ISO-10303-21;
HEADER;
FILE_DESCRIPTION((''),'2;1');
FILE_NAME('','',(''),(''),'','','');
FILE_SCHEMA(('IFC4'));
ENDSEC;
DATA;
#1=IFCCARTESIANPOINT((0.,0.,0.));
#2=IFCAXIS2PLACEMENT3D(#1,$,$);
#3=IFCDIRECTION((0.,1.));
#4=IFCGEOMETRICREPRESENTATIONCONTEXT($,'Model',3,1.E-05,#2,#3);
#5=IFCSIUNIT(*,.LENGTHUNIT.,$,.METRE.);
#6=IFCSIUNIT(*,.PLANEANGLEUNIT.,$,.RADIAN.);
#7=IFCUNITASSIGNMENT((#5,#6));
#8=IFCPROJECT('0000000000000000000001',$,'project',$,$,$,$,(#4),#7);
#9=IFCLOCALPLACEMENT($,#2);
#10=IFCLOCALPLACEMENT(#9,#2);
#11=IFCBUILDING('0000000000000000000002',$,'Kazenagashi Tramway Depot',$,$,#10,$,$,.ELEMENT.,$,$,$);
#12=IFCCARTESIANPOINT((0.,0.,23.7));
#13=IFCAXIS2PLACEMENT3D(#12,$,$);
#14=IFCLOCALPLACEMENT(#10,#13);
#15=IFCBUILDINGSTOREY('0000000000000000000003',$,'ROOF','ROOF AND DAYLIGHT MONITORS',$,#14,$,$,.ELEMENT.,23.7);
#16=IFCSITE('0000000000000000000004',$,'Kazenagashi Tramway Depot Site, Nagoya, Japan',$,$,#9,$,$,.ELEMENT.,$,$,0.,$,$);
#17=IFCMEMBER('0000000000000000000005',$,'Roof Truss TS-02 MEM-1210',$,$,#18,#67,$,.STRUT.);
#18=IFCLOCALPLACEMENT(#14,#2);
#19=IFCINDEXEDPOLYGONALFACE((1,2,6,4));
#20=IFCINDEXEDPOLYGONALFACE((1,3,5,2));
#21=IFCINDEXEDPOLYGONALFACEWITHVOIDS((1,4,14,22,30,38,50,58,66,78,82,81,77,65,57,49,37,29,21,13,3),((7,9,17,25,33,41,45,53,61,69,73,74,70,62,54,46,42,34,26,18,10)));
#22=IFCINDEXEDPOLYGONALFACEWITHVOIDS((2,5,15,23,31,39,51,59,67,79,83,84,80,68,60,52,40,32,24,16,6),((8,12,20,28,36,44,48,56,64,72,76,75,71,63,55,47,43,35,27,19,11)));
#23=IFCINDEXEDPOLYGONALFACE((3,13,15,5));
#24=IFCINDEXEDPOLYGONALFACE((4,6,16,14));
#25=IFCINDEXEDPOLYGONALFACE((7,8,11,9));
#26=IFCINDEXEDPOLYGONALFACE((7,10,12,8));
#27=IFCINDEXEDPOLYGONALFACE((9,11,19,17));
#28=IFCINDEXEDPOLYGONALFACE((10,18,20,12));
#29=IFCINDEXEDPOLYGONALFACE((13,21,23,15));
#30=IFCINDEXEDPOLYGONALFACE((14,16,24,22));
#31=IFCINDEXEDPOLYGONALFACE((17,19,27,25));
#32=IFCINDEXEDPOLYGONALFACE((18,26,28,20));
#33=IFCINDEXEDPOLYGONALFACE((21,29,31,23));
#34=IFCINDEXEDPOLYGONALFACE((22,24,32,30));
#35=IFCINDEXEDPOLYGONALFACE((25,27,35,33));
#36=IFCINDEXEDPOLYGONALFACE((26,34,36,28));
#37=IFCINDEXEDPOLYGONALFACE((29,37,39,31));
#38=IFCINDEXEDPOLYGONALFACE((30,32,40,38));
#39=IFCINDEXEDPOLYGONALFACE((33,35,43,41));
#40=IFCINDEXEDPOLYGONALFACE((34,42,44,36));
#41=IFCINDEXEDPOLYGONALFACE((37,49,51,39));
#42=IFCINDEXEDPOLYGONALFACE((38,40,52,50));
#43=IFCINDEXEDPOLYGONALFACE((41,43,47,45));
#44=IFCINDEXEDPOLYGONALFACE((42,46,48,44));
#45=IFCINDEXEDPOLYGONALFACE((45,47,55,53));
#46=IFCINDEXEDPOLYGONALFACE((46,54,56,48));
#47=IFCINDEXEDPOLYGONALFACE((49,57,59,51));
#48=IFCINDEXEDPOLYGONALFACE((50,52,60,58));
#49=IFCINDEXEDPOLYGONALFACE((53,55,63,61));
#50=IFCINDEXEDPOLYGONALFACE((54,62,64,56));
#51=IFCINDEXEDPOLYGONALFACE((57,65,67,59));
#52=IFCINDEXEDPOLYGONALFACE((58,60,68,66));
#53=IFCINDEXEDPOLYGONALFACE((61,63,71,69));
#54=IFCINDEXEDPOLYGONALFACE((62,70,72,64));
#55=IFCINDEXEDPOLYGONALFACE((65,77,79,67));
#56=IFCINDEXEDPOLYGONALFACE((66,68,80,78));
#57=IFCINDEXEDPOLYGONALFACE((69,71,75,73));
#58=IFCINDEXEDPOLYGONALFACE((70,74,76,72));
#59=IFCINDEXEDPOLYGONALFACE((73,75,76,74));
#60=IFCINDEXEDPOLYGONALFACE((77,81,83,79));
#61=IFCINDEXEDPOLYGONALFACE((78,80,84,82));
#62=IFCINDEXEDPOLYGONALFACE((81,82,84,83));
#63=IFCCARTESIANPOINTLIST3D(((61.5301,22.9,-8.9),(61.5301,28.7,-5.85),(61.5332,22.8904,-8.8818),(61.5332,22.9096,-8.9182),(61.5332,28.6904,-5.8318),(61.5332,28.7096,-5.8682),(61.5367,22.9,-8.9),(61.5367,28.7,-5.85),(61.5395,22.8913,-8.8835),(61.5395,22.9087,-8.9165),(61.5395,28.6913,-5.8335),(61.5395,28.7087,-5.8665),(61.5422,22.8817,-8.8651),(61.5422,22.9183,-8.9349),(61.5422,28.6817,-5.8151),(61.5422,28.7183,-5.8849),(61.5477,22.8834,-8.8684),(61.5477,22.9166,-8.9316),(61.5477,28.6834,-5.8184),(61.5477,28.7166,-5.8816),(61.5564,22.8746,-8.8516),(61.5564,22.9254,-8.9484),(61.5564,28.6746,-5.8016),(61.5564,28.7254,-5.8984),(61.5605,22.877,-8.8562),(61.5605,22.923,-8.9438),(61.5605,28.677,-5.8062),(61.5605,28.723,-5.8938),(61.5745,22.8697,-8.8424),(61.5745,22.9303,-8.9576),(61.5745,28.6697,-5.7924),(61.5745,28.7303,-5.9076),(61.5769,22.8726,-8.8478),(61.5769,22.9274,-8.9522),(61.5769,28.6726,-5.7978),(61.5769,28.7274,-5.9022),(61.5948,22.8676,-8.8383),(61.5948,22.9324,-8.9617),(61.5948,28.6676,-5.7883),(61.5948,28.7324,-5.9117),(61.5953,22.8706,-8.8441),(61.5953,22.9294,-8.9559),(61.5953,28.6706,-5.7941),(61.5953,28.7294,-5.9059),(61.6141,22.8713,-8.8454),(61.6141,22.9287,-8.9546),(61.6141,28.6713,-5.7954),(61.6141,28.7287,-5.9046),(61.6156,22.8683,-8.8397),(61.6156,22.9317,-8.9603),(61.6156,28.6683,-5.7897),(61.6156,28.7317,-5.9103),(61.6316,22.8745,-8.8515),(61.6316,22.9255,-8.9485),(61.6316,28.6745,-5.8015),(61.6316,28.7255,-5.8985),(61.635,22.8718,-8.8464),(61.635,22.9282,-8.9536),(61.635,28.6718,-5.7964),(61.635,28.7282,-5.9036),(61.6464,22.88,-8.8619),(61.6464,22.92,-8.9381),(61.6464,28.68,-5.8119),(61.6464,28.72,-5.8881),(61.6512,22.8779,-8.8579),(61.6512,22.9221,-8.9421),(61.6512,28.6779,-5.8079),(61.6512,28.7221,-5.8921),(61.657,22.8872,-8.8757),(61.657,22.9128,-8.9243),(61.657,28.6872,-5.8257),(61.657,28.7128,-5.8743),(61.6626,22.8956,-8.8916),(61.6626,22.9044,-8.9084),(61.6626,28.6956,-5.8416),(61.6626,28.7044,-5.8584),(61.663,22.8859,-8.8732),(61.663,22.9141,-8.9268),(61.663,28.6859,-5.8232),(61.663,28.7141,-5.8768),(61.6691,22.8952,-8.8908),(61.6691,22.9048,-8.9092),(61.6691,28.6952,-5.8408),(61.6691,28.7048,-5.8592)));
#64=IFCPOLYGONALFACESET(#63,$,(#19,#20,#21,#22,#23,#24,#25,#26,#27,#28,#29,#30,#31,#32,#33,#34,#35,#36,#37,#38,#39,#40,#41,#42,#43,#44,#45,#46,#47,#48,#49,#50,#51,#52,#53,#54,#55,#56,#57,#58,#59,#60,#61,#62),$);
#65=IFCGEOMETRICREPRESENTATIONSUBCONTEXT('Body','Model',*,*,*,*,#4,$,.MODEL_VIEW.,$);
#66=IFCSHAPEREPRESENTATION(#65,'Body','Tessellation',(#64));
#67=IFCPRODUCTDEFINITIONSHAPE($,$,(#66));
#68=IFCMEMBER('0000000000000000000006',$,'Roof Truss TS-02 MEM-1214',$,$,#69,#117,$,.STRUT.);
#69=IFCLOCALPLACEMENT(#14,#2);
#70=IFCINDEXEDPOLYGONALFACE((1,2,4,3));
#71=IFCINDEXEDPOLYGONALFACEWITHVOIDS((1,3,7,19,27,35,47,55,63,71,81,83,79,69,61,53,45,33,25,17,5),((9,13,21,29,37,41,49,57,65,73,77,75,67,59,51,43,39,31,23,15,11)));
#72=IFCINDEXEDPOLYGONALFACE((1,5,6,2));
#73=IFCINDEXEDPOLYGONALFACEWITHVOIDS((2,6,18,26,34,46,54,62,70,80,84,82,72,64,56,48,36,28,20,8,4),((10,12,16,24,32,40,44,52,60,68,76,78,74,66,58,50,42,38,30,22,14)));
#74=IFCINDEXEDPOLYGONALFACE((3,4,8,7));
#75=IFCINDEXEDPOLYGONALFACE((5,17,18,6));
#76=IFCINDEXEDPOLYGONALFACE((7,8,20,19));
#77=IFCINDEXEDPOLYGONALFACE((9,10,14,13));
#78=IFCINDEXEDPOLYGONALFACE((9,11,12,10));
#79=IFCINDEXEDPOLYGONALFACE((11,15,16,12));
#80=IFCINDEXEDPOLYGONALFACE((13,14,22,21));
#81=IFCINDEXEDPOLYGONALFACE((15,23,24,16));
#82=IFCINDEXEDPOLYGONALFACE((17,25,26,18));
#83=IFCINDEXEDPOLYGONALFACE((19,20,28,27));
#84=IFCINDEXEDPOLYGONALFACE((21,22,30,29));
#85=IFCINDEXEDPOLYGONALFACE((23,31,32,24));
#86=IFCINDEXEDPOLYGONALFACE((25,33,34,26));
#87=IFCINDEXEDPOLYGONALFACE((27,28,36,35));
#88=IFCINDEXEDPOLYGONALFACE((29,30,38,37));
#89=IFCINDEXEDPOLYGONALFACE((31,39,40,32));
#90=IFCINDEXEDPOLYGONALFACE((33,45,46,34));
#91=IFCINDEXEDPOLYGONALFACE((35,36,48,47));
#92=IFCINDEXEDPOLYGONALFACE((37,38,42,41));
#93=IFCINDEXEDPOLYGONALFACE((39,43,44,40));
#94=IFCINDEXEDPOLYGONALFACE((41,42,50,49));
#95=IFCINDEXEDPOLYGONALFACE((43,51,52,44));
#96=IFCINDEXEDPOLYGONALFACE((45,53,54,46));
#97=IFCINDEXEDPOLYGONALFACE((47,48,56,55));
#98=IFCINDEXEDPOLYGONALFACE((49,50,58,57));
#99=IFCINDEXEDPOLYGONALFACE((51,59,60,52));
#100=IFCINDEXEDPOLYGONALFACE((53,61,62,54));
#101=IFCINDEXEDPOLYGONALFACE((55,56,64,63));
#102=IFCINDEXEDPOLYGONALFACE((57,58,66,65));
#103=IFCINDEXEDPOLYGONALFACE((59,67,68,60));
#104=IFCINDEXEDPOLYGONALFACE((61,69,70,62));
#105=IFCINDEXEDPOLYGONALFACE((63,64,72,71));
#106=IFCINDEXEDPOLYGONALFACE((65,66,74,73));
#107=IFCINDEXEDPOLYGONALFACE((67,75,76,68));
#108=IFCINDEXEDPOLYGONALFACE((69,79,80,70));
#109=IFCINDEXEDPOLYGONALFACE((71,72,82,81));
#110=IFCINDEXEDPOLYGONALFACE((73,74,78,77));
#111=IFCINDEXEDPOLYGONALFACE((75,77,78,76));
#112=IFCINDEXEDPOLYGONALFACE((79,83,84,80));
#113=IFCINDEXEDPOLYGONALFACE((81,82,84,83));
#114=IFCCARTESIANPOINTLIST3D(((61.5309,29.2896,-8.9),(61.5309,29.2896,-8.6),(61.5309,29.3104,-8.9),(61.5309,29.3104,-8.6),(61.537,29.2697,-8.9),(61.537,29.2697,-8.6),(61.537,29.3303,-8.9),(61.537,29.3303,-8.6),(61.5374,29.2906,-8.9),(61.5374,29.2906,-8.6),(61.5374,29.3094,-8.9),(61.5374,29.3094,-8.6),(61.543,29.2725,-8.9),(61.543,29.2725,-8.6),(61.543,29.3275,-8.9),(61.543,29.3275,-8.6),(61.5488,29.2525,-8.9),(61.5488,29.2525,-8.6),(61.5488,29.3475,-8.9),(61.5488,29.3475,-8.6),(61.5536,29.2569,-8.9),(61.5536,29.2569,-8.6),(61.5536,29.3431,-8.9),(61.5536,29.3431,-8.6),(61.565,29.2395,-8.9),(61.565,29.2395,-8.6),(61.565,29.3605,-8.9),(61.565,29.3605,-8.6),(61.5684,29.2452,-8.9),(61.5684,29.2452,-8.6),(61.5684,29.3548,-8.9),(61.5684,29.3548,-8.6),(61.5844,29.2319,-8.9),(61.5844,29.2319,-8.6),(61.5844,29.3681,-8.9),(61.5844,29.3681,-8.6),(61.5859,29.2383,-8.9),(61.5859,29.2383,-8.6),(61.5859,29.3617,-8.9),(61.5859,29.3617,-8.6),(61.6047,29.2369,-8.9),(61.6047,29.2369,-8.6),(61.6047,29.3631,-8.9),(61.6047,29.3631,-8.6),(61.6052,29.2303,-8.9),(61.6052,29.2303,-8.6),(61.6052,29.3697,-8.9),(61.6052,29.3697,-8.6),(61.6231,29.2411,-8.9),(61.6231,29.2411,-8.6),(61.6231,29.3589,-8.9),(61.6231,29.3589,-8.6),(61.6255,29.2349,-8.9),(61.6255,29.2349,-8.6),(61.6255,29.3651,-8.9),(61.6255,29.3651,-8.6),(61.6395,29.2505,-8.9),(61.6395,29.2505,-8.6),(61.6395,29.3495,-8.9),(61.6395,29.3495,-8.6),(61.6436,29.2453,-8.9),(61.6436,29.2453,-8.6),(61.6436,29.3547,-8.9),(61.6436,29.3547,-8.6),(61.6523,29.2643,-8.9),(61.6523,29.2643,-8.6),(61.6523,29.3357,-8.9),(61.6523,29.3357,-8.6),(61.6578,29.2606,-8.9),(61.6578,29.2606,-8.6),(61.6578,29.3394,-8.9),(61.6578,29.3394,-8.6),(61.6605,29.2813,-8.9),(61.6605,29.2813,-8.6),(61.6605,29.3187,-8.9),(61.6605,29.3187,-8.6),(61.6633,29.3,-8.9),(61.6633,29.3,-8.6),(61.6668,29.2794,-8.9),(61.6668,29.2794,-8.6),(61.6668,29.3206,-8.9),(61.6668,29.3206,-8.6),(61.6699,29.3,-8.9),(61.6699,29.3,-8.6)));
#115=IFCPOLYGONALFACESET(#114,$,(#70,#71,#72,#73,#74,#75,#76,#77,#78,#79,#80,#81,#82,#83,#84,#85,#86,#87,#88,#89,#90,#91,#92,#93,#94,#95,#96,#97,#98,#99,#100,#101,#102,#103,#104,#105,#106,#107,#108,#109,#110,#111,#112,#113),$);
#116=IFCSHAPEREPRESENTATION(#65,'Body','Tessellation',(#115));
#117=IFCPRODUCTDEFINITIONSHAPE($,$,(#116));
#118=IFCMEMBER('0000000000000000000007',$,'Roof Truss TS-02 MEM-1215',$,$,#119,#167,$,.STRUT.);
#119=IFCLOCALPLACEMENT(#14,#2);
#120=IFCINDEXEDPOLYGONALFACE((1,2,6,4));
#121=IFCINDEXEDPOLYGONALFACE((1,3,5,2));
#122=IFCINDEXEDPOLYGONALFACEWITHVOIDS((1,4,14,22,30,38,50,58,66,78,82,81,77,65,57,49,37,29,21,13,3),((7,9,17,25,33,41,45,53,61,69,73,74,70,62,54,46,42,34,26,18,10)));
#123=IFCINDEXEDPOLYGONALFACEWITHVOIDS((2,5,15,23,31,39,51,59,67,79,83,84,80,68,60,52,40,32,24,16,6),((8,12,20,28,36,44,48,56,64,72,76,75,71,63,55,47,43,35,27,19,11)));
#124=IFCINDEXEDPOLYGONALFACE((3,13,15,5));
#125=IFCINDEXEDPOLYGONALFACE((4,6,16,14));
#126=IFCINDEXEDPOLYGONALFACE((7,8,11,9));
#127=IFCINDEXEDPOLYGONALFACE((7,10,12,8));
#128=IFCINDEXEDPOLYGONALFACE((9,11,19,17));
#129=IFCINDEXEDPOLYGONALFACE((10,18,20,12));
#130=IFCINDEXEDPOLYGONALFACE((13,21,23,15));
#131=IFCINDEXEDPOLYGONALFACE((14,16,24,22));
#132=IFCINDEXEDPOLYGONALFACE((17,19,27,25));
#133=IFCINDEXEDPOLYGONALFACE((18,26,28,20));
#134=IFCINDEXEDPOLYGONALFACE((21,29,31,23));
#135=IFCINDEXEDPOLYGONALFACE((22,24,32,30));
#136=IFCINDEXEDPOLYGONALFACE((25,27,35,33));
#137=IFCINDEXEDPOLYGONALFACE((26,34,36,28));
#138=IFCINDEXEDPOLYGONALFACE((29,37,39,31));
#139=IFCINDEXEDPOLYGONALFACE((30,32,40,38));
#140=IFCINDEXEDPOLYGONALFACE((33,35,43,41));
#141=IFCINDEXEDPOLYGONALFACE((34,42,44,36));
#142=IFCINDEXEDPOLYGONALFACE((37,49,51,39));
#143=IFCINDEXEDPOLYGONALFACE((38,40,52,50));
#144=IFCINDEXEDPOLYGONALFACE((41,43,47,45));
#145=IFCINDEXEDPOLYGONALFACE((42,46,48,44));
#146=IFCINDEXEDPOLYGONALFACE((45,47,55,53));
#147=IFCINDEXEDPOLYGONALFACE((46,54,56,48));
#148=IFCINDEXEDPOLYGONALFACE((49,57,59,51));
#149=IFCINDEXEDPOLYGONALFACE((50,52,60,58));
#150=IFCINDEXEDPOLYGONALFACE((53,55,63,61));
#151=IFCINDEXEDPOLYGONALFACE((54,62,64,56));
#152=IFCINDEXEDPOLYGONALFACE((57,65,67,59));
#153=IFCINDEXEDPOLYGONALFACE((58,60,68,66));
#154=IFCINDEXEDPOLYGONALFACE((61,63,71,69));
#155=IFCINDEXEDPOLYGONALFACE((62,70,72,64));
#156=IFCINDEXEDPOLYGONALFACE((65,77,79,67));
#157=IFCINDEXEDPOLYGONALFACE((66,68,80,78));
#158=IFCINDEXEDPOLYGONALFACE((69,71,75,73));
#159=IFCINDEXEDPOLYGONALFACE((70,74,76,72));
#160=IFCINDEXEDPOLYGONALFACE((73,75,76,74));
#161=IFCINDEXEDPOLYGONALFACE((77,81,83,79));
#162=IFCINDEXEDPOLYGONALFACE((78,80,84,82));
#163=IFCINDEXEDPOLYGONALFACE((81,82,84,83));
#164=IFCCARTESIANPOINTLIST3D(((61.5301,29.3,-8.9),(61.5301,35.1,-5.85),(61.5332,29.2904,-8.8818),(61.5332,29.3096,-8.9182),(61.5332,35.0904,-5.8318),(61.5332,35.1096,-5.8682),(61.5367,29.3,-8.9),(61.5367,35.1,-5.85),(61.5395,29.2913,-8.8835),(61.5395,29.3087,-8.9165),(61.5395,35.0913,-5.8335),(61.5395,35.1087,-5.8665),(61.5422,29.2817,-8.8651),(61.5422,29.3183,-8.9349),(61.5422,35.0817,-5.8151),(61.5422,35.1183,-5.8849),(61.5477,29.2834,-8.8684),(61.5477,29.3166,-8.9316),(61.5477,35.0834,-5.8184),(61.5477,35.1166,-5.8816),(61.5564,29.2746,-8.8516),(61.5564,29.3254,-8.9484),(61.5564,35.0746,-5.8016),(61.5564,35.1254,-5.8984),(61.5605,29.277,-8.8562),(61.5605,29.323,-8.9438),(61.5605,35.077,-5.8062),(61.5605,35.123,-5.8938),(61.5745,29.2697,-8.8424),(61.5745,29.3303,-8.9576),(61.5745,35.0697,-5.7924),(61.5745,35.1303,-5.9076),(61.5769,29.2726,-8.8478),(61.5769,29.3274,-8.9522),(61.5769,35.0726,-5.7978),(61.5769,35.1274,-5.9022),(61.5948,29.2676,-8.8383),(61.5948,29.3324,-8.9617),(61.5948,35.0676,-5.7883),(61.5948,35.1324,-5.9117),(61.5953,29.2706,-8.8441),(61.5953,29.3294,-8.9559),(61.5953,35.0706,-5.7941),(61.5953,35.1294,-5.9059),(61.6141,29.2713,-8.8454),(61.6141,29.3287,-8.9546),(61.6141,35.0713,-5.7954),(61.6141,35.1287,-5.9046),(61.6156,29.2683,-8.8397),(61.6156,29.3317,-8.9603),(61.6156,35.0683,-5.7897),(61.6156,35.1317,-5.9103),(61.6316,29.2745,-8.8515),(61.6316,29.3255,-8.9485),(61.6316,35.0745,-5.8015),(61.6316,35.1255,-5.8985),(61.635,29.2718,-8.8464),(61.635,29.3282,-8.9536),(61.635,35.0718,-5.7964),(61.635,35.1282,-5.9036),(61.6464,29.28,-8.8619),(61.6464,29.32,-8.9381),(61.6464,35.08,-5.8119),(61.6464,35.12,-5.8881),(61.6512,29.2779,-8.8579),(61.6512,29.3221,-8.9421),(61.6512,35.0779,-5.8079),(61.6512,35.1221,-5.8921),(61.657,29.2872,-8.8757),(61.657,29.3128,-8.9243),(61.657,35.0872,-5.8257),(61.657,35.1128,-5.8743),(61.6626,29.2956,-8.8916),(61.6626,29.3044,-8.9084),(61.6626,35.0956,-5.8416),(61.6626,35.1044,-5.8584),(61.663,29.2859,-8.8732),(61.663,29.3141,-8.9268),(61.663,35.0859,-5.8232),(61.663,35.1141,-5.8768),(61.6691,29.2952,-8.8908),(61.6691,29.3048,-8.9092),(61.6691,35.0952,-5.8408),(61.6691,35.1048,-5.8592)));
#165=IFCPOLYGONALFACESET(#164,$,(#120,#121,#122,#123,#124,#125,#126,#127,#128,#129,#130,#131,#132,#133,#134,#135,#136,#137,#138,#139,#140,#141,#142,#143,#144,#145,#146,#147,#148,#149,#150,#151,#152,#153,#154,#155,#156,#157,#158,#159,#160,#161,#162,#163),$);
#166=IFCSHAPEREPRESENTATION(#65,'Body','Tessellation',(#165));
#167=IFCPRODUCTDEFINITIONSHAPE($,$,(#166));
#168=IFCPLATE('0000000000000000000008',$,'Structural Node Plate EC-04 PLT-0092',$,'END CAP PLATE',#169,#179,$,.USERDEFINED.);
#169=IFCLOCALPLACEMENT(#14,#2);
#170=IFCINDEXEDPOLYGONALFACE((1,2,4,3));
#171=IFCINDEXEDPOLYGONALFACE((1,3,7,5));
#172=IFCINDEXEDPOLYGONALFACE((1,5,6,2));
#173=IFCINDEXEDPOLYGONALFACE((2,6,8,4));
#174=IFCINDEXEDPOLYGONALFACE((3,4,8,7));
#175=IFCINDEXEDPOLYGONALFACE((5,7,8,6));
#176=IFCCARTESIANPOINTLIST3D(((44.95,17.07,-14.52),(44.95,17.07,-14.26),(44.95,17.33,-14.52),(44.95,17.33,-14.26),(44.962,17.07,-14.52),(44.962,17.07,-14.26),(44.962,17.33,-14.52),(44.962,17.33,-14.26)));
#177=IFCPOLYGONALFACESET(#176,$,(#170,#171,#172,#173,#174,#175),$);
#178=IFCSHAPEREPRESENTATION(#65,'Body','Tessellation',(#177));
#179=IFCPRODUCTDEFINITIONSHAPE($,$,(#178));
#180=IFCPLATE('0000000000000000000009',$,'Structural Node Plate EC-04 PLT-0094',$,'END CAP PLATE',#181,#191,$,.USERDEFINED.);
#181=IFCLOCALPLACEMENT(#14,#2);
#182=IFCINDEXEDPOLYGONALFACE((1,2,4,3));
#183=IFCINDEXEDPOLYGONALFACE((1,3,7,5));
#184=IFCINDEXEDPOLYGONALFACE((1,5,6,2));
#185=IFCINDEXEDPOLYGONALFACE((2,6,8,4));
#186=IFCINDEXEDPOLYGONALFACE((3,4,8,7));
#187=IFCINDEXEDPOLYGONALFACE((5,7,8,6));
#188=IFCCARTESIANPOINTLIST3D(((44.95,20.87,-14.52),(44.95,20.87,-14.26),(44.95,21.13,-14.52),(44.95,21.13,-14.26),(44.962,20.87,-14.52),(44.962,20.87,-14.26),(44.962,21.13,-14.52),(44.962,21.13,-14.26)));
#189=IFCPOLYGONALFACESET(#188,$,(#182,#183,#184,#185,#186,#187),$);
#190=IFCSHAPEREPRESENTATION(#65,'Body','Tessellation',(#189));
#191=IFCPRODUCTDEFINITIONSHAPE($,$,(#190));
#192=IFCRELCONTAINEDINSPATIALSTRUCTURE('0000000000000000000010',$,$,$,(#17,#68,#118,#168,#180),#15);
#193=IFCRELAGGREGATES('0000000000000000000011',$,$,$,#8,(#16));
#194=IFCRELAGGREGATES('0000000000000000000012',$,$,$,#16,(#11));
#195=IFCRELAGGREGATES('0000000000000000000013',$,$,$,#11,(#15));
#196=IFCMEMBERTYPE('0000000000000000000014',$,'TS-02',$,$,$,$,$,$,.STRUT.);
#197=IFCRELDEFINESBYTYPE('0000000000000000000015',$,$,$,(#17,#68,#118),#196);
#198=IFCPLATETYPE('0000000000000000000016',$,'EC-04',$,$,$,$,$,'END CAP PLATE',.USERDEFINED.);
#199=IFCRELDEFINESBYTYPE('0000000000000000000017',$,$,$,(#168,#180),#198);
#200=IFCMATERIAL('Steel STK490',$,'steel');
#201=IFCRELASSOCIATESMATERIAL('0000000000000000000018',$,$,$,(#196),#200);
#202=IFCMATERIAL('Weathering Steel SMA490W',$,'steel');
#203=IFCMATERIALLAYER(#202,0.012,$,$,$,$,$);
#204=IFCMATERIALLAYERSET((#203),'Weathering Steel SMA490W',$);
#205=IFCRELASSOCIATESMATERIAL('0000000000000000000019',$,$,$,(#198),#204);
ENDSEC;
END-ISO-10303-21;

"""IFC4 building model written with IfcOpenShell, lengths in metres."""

from ifc_helpers import new_model, si_unit, direction, frame, origin, origin_2d, place, context, subcontext, project, spatial, rectangle, hollow_circle, extrude, material, layer, layer_set, material_profile, profile_set, type_object, element, save


model = new_model("IFC4")

# Units and contexts
model_context = context("Model", 3, precision=1e-05, world=origin(), true_north=direction((0.0, 1.0)))
body_context = subcontext(model_context, "Body", "Model", "MODEL_VIEW")
ifc_project = project(units=[si_unit("LENGTHUNIT", "METRE"), si_unit("PLANEANGLEUNIT", "RADIAN")], contexts=[model_context])

# Site, building, storey
site_placement = place(None, origin())
site = spatial("IfcSite", under=ifc_project, at=site_placement, Name="Kazenagashi Tramway Depot Site, Nagoya, Japan", CompositionType="ELEMENT", RefElevation=0.0)
building_placement = place(site_placement, origin())
building = spatial("IfcBuilding", under=site, at=building_placement, Name="Kazenagashi Tramway Depot", CompositionType="ELEMENT")
storey_placement = place(building_placement, frame((0.0, 0.0, 23.7)))
storey = spatial("IfcBuildingStorey", under=building, at=storey_placement, Name="ROOF", Description="ROOF AND DAYLIGHT MONITORS", CompositionType="ELEMENT", Elevation=23.7)

# Members
ifc_material_1 = material(Name="Steel STK490", Category="steel")
ifc_material_profile_1 = material_profile(ifc_material_1, hollow_circle(Radius=0.0699, WallThickness=0.0066, at=origin_2d()), Name="CHS-139.8x6.6")
ifc_profile_set_1 = profile_set([ifc_material_profile_1], Name="Steel STK490")
member_type_1 = type_object("IfcMemberType", Name="TS-02", PredefinedType="STRUT", material=ifc_profile_set_1)
member_1_placement = place(storey_placement, frame((61.6, 22.9, -8.9), z_axis=(0.0, 0.885084, 0.465432), x_axis=(-1.0, 0.0, 0.0)))
element("IfcMember", 1, at=member_1_placement, inside=storey, type_object=member_type_1, Name="Roof Truss TS-02 MEM-1210", PredefinedType="STRUT", context=body_context, shape_type="SweptSolid", body=[
    extrude(hollow_circle(Radius=0.0699, WallThickness=0.0066, at=origin_2d()), origin(), (0.0, 0.0, 1.0), 6.5531),
])
member_2_placement = place(storey_placement, frame((61.6, 29.3, -8.9), z_axis=(0.0, 0.0, 1.0), x_axis=(1.0, 0.0, 0.0)))
element("IfcMember", 2, at=member_2_placement, inside=storey, type_object=member_type_1, Name="Roof Truss TS-02 MEM-1214", PredefinedType="STRUT", context=body_context, shape_type="SweptSolid", body=[
    extrude(hollow_circle(Radius=0.0699, WallThickness=0.0066, at=origin_2d()), origin(), (0.0, 0.0, 1.0), 0.3),
])
member_3_placement = place(storey_placement, frame((61.6, 29.3, -8.9), z_axis=(0.0, 0.885084, 0.465432), x_axis=(-1.0, 0.0, 0.0)))
element("IfcMember", 3, at=member_3_placement, inside=storey, type_object=member_type_1, Name="Roof Truss TS-02 MEM-1215", PredefinedType="STRUT", context=body_context, shape_type="SweptSolid", body=[
    extrude(hollow_circle(Radius=0.0699, WallThickness=0.0066, at=origin_2d()), origin(), (0.0, 0.0, 1.0), 6.5531),
])

# Plates
ifc_material_2 = material(Name="Weathering Steel SMA490W", Category="steel")
ifc_layer_1 = layer(ifc_material_2, 0.012)
ifc_layer_set_1 = layer_set([ifc_layer_1], Name="Weathering Steel SMA490W")
plate_type_1 = type_object("IfcPlateType", Name="EC-04", ElementType="END CAP PLATE", PredefinedType="USERDEFINED", material=ifc_layer_set_1)
for number, where, z_axis, x_axis, name in (
    (4, (44.956, 17.2, -14.52), (0.0, 0.0, 1.0), (0.0, 1.0, 0.0), "Structural Node Plate EC-04 PLT-0092"),
    (5, (44.956, 21.0, -14.52), (0.0, 0.0, 1.0), (0.0, 1.0, 0.0), "Structural Node Plate EC-04 PLT-0094"),
):
    element("IfcPlate", number, at=place(storey_placement, frame(where, z_axis=z_axis, x_axis=x_axis)), inside=storey, type_object=plate_type_1, Name=name, ObjectType="END CAP PLATE", PredefinedType="USERDEFINED", context=body_context, shape_type="SweptSolid", body=[
        extrude(rectangle(XDim=0.26, YDim=0.012, at=origin_2d()), origin(), (0.0, 0.0, 1.0), 0.26),
    ])

save(model, "model.ifc")
